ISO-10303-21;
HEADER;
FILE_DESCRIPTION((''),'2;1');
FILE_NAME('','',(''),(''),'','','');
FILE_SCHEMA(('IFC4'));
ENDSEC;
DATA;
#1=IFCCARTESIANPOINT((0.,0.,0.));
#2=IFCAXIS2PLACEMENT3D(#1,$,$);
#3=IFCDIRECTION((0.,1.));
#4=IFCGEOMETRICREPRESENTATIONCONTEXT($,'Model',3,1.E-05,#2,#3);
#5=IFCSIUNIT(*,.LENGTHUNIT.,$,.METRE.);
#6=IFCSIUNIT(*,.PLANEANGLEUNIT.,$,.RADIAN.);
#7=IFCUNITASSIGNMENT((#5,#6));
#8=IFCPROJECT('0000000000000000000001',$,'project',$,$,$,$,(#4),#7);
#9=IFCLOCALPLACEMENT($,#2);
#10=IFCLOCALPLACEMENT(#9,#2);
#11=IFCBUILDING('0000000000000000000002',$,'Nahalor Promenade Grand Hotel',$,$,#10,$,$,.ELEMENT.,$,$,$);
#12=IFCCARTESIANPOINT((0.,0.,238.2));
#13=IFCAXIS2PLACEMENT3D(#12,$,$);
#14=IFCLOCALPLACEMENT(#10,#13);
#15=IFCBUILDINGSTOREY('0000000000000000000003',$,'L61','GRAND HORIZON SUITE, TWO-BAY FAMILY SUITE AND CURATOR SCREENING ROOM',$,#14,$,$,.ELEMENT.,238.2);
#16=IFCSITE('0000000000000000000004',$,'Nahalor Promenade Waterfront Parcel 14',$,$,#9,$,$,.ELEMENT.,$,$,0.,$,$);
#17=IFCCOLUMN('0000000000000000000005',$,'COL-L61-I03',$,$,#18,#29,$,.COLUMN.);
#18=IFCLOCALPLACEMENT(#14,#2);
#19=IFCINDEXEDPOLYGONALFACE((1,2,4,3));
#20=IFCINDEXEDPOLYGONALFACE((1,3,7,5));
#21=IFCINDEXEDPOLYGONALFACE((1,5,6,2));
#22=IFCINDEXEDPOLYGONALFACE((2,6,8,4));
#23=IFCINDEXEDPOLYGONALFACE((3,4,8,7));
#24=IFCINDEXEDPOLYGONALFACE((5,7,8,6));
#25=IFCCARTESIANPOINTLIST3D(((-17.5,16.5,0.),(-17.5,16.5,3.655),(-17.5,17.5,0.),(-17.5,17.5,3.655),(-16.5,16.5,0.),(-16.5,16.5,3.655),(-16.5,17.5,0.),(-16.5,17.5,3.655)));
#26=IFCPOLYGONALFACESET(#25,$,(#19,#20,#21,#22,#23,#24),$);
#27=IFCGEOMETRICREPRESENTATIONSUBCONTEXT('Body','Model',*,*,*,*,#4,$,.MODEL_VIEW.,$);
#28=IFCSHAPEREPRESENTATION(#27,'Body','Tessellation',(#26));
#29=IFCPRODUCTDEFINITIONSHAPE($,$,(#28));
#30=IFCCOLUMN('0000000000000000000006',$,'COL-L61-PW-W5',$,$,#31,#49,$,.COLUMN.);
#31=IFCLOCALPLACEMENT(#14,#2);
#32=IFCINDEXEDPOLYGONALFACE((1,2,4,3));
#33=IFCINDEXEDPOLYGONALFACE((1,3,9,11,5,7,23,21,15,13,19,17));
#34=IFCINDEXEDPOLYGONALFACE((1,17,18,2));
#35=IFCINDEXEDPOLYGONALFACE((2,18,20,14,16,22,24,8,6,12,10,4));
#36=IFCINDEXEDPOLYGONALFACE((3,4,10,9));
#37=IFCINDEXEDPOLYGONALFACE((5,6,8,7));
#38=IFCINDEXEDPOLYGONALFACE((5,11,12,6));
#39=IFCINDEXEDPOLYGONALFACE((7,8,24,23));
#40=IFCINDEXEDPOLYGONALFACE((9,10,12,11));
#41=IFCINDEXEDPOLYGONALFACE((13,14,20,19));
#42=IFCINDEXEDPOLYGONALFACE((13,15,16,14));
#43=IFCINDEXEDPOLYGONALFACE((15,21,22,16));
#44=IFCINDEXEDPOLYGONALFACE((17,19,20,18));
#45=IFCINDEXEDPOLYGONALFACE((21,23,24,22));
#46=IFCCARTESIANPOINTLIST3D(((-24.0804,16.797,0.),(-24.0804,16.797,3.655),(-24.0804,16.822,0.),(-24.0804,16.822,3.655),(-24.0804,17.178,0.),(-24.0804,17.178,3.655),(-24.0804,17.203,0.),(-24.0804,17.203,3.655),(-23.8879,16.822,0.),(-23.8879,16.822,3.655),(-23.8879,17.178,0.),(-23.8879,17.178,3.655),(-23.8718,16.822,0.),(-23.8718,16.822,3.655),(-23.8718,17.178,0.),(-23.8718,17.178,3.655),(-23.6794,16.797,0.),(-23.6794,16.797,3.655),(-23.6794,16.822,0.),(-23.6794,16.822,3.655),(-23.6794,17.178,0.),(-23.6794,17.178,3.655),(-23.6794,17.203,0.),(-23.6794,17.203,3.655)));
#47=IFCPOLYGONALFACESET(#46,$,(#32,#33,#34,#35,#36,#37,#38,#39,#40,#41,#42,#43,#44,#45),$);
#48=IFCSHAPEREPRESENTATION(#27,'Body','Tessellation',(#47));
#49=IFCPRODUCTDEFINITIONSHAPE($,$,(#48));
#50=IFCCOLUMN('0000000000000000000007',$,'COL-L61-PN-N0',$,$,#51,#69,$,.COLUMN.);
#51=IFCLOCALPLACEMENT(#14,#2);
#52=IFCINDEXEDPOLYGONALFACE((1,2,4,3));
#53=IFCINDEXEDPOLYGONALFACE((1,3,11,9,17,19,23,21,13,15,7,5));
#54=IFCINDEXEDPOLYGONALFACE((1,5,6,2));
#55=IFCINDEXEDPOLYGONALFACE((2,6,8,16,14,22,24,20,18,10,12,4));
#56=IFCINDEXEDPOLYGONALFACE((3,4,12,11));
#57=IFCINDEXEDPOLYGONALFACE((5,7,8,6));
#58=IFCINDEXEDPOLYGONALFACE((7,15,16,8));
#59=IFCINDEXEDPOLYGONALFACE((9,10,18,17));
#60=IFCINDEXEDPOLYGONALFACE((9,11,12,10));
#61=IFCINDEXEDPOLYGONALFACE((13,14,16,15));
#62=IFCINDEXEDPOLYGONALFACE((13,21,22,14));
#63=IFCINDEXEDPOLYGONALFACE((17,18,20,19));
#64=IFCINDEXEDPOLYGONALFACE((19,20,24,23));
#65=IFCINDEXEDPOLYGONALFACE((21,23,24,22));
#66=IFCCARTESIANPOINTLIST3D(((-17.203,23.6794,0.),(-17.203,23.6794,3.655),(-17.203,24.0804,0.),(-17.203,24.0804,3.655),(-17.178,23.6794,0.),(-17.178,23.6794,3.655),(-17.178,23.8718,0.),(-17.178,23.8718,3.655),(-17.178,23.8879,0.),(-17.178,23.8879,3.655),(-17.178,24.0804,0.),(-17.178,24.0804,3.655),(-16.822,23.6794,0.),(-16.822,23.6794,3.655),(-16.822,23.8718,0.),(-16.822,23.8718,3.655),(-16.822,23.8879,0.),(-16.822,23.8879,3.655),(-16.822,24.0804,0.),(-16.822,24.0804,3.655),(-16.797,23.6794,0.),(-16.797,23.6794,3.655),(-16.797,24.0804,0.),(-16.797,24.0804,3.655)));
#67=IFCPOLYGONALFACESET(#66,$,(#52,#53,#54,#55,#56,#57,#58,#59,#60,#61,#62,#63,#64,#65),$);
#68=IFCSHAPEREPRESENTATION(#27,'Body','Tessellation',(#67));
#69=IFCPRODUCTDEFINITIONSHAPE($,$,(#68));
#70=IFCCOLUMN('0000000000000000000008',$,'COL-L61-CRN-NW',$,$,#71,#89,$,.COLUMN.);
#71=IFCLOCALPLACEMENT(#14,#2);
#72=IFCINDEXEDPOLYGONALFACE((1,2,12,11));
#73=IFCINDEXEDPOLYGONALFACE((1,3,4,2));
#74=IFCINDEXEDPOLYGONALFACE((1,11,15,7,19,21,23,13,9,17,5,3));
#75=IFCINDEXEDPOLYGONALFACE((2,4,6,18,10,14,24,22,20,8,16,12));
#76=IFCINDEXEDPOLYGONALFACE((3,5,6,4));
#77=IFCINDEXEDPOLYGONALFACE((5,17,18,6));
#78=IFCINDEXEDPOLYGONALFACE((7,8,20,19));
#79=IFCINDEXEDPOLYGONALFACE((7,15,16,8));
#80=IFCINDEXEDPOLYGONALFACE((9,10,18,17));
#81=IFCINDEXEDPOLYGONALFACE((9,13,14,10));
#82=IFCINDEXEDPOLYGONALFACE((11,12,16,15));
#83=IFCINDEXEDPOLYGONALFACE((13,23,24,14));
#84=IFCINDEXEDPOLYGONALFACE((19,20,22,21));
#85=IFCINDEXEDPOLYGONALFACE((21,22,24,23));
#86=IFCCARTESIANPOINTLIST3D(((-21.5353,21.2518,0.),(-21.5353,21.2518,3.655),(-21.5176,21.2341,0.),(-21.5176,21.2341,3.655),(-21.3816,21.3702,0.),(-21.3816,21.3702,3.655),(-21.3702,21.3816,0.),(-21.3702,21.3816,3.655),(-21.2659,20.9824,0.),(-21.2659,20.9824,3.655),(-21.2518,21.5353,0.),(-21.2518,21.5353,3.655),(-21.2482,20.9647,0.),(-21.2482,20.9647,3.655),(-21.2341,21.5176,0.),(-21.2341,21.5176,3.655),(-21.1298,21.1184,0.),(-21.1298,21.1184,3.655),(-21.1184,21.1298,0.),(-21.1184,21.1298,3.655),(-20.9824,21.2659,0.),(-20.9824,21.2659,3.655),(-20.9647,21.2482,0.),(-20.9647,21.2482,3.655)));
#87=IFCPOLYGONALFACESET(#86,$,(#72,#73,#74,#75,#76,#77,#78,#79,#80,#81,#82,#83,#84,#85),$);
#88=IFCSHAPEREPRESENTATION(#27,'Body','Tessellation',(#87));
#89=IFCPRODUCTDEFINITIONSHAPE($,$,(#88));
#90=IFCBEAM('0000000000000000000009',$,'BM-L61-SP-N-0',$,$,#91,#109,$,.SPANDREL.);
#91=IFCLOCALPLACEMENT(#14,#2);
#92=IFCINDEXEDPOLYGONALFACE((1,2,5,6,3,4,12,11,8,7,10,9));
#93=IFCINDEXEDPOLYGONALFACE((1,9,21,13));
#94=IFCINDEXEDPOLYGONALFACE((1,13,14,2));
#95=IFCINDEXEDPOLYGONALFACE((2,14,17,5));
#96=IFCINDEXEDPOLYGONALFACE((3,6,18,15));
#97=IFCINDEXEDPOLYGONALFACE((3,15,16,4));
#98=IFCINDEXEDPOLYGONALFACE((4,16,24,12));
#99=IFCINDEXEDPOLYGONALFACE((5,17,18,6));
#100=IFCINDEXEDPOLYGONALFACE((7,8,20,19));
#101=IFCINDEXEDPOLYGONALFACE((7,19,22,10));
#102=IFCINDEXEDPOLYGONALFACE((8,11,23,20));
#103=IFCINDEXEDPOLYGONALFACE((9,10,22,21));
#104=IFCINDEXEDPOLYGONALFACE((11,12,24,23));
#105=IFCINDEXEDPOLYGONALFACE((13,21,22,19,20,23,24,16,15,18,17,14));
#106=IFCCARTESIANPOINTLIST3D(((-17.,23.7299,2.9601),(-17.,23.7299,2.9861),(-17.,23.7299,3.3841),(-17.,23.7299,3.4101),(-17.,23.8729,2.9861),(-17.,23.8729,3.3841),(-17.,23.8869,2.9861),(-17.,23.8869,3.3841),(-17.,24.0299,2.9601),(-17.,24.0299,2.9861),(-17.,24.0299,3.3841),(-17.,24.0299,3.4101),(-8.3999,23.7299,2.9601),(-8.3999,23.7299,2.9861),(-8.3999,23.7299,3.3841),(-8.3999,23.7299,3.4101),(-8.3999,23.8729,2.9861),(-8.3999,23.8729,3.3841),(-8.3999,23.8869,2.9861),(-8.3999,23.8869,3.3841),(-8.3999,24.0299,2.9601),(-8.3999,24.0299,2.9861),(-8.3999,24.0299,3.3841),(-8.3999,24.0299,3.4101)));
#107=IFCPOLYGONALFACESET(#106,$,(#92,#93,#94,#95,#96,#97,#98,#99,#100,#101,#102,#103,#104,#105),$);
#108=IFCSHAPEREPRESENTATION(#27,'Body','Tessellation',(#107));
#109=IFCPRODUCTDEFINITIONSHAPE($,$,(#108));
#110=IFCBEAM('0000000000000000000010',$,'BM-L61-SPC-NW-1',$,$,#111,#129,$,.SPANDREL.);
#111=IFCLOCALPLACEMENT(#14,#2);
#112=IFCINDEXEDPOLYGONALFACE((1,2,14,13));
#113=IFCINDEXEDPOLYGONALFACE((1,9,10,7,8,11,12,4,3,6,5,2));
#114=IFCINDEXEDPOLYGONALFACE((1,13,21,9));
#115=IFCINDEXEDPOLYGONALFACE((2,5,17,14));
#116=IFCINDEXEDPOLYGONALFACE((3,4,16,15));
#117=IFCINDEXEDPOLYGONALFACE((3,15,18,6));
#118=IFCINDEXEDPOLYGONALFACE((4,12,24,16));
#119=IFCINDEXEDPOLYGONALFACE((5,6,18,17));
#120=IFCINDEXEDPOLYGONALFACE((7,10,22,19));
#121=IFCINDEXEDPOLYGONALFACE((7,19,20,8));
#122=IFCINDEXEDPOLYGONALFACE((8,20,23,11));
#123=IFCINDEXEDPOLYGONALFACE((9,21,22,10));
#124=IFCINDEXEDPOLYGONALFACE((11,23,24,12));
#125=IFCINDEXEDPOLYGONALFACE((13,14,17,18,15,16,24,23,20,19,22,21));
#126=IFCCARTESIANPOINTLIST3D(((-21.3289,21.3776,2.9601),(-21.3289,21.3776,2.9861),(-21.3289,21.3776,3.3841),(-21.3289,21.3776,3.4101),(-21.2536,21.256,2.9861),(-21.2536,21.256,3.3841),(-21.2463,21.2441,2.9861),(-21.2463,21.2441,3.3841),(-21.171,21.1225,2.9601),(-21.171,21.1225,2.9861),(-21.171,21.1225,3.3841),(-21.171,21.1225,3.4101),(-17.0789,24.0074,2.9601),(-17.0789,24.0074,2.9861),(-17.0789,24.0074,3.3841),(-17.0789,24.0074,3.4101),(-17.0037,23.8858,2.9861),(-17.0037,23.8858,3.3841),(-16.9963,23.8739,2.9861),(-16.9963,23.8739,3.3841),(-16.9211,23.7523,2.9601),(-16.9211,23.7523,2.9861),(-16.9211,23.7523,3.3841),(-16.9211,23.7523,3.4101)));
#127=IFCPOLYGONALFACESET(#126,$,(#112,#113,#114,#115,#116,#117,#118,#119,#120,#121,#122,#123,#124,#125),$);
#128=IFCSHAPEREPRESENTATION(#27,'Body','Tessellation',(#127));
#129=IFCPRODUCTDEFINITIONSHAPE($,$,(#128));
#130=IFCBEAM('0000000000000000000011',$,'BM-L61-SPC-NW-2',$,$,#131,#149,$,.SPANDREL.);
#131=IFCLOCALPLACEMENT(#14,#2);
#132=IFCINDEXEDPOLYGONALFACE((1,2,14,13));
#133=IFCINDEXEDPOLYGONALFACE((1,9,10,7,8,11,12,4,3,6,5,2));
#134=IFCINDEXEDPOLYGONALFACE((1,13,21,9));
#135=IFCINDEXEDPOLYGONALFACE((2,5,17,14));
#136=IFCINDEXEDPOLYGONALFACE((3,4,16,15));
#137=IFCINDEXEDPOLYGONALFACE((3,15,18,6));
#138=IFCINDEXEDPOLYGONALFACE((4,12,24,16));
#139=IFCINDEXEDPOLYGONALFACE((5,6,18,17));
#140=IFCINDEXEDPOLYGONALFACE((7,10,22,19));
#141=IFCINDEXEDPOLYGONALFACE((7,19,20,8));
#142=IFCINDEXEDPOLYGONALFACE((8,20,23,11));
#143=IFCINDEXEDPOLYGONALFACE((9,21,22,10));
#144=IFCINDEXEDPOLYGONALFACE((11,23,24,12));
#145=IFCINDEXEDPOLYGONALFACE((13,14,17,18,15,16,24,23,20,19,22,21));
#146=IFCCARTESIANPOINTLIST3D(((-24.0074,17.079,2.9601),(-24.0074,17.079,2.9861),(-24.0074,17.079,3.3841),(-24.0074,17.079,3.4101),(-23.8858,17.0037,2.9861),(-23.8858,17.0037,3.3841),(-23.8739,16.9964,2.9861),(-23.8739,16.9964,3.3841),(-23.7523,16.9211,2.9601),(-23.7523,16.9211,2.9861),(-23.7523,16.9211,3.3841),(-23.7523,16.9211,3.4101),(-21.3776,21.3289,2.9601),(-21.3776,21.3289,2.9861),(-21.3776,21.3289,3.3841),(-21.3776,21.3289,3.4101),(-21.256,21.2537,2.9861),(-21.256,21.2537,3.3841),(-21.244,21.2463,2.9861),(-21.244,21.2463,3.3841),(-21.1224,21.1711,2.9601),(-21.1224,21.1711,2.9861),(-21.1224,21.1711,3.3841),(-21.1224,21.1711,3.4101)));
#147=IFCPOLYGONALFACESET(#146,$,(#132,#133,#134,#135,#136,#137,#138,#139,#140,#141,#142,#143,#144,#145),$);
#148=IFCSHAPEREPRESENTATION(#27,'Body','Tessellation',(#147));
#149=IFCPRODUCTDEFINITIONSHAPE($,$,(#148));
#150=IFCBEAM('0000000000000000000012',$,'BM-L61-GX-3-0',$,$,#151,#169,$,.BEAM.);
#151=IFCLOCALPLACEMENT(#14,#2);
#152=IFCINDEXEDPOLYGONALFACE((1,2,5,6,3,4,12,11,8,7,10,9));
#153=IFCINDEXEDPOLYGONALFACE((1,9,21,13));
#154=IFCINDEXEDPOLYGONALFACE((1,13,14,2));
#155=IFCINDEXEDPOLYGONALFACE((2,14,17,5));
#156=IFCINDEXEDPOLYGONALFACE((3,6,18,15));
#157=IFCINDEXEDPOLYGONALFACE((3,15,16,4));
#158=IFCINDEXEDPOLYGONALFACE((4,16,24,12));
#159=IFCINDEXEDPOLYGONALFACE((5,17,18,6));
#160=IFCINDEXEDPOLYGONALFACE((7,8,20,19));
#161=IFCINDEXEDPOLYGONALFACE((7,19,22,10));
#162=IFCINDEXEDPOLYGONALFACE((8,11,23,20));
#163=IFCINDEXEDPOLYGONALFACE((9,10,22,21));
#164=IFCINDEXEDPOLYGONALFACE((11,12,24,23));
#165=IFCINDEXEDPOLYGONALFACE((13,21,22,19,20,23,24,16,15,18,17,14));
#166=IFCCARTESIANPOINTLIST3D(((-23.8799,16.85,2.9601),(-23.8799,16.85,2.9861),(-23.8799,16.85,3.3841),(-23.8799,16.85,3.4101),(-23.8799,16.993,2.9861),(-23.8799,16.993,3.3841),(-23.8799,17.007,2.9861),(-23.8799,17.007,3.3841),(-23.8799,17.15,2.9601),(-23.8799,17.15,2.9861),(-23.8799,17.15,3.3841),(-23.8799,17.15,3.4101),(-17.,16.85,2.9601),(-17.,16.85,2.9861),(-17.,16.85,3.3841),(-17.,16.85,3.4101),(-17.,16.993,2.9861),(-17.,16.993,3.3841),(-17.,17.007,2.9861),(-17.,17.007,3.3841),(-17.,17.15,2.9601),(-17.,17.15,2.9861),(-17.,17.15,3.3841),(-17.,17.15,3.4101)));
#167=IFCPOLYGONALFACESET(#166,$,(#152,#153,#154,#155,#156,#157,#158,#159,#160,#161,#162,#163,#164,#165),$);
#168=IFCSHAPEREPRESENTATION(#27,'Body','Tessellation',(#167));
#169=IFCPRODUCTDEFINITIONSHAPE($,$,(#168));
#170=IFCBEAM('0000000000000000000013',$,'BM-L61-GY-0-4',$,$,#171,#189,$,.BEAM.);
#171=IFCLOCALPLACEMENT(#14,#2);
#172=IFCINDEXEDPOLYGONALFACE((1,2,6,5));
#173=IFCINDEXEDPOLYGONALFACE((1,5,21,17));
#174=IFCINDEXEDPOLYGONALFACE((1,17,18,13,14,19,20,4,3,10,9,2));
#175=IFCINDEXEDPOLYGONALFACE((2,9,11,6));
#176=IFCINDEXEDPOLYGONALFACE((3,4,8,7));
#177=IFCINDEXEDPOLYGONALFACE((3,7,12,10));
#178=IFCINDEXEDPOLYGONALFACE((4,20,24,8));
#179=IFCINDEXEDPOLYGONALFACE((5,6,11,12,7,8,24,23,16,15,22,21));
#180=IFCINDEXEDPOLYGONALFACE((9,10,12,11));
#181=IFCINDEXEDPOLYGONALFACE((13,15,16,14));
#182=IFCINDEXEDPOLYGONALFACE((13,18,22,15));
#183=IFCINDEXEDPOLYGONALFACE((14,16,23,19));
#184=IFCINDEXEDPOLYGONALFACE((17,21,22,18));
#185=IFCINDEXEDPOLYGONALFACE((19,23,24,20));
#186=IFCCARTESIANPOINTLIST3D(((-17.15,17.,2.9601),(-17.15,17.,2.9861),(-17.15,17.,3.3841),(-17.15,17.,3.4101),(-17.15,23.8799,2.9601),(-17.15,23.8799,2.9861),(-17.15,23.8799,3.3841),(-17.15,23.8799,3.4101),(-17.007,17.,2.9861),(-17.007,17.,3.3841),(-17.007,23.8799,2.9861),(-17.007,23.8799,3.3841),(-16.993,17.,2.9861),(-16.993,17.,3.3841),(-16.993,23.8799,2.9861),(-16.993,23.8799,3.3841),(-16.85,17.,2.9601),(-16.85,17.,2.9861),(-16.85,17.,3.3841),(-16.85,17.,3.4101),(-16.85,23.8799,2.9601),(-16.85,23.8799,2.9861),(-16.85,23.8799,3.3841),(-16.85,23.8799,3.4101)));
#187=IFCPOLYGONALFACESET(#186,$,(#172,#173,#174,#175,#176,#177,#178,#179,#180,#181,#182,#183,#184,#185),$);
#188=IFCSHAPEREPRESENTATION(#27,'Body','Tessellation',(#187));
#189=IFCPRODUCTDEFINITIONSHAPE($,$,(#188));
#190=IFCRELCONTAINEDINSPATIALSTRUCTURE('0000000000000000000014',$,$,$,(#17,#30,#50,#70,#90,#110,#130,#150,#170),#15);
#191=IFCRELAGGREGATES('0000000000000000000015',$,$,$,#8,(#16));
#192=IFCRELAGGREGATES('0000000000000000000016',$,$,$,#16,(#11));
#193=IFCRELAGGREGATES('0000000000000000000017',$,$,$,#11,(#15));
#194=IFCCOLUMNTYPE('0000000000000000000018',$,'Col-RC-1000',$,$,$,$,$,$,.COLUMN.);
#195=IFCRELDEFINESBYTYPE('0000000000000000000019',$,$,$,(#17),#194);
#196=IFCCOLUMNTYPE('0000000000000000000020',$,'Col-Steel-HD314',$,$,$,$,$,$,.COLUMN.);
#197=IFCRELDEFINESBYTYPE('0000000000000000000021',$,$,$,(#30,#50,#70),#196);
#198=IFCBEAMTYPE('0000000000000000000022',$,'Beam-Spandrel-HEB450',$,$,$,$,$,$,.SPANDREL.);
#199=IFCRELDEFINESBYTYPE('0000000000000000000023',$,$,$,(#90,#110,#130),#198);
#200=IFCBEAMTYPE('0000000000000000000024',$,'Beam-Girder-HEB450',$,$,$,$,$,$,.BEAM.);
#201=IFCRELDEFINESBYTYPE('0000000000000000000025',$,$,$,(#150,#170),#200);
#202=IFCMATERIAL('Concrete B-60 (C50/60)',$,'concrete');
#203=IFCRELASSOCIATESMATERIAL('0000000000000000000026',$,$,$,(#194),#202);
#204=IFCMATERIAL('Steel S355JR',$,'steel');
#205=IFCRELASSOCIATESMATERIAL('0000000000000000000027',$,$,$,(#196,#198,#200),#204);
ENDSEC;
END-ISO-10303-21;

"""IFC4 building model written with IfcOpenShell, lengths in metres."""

from ifc_helpers import new_model, si_unit, direction, frame, origin, origin_2d, place, context, subcontext, project, spatial, rectangle, i_section, extrude, source, transform, mapped, material, material_profile, profile_set, type_object, element, save


model = new_model("IFC4")

# Units and contexts
model_context = context("Model", 3, precision=1e-05, world=origin(), true_north=direction((0.0, 1.0)))
body_context = subcontext(model_context, "Body", "Model", "MODEL_VIEW")
ifc_project = project(units=[si_unit("LENGTHUNIT", "METRE"), si_unit("PLANEANGLEUNIT", "RADIAN")], contexts=[model_context])

# Site, building, storey
site_placement = place(None, origin())
site = spatial("IfcSite", under=ifc_project, at=site_placement, Name="Nahalor Promenade Waterfront Parcel 14", CompositionType="ELEMENT", RefElevation=0.0)
building_placement = place(site_placement, origin())
building = spatial("IfcBuilding", under=site, at=building_placement, Name="Nahalor Promenade Grand Hotel", CompositionType="ELEMENT")
storey_placement = place(building_placement, frame((0.0, 0.0, 238.2)))
storey = spatial("IfcBuildingStorey", under=building, at=storey_placement, Name="L61", Description="GRAND HORIZON SUITE, TWO-BAY FAMILY SUITE AND CURATOR SCREENING ROOM", CompositionType="ELEMENT", Elevation=238.2)

# Columns
ifc_material_1 = material(Name="Concrete B-60 (C50/60)", Category="concrete")
ifc_material_profile_1 = material_profile(ifc_material_1, rectangle(XDim=1.0, YDim=1.0, at=origin_2d()), Name="RC 1000x1000")
ifc_profile_set_1 = profile_set([ifc_material_profile_1], Name="Concrete B-60 (C50/60)")
column_type_1 = type_object("IfcColumnType", Name="Col-RC-1000", PredefinedType="COLUMN", material=ifc_profile_set_1)
shared_shape_1 = source(origin(), body_context, "Body", "SweptSolid", [
    extrude(rectangle(XDim=1.0, YDim=1.0, at=origin_2d()), origin(), (0.0, 0.0, 1.0), 3.655),
])
column_placement = place(storey_placement, frame((-17.0, 17.0, 0.0), z_axis=(0.0, 0.0, 1.0), x_axis=(1.0, 0.0, 0.0)))
element("IfcColumn", 1, at=column_placement, inside=storey, type_object=column_type_1, Name="COL-L61-I03", PredefinedType="COLUMN", context=body_context, shape_type="MappedRepresentation", body=[
    mapped(shared_shape_1, transform((0.0, 0.0, 0.0), scale=1.0)),
])
ifc_material_2 = material(Name="Steel S355JR", Category="steel")
ifc_material_profile_2 = material_profile(ifc_material_2, i_section(OverallWidth=0.401, OverallDepth=0.406, WebThickness=0.0161, FlangeThickness=0.025, at=origin_2d()), Name="HD 400x314")
ifc_profile_set_2 = profile_set([ifc_material_profile_2], Name="Steel S355JR")
column_type_2 = type_object("IfcColumnType", Name="Col-Steel-HD314", PredefinedType="COLUMN", material=ifc_profile_set_2)
shared_shape_2 = source(origin(), body_context, "Body", "SweptSolid", [
    extrude(i_section(OverallWidth=0.401, OverallDepth=0.406, WebThickness=0.0161, FlangeThickness=0.025, at=origin_2d()), origin(), (0.0, 0.0, 1.0), 3.655),
])
for number, where, z_axis, x_axis, name in (
    (2, (-23.8799, 17.0, 0.0), (0.0, 0.0, 1.0), (1.0, 0.0, 0.0), "COL-L61-PW-W5"),
    (3, (-17.0, 23.8799, 0.0), (0.0, 0.0, 1.0), (0.0, 1.0, 0.0), "COL-L61-PN-N0"),
    (4, (-21.25, 21.25, 0.0), (0.0, 0.0, 1.0), (0.707107, 0.707107, 0.0), "COL-L61-CRN-NW"),
):
    element("IfcColumn", number, at=place(storey_placement, frame(where, z_axis=z_axis, x_axis=x_axis)), inside=storey, type_object=column_type_2, Name=name, PredefinedType="COLUMN", context=body_context, shape_type="MappedRepresentation", body=[
        mapped(shared_shape_2, transform((0.0, 0.0, 0.0), scale=1.0)),
    ])

# Beams
ifc_material_profile_3 = material_profile(ifc_material_2, i_section(OverallWidth=0.3, OverallDepth=0.45, WebThickness=0.014, FlangeThickness=0.026, at=origin_2d()), Name="HEB 450")
ifc_profile_set_3 = profile_set([ifc_material_profile_3], Name="Steel S355JR")
beam_type_1 = type_object("IfcBeamType", Name="Beam-Spandrel-HEB450", PredefinedType="SPANDREL", material=ifc_profile_set_3)
shared_shape_3 = source(origin(), body_context, "Body", "SweptSolid", [
    extrude(i_section(OverallWidth=0.3, OverallDepth=0.45, WebThickness=0.014, FlangeThickness=0.026, at=origin_2d()), origin(), (0.0, 0.0, 1.0), 8.6001),
])
beam_1_placement = place(storey_placement, frame((-17.0, 23.8799, 3.1851), z_axis=(1.0, 0.0, 0.0), x_axis=(0.0, 1.0, 0.0)))
element("IfcBeam", 5, at=beam_1_placement, inside=storey, type_object=beam_type_1, Name="BM-L61-SP-N-0", PredefinedType="SPANDREL", context=body_context, shape_type="MappedRepresentation", body=[
    mapped(shared_shape_3, transform((0.0, 0.0, 0.0), scale=1.0)),
])
shared_shape_4 = source(origin(), body_context, "Body", "SweptSolid", [
    extrude(i_section(OverallWidth=0.3, OverallDepth=0.45, WebThickness=0.014, FlangeThickness=0.026, at=origin_2d()), origin(), (0.0, 0.0, 1.0), 4.9978),
])
for number, where, z_axis, x_axis, name in (
    (6, (-17.0, 23.8799, 3.1851), (-0.850361, -0.5262, 0.0), (0.5262, -0.850361, 0.0), "BM-L61-SPC-NW-1"),
    (7, (-21.25, 21.25, 3.1851), (-0.5262, -0.850361, 0.0), (0.850361, -0.5262, 0.0), "BM-L61-SPC-NW-2"),
):
    element("IfcBeam", number, at=place(storey_placement, frame(where, z_axis=z_axis, x_axis=x_axis)), inside=storey, type_object=beam_type_1, Name=name, PredefinedType="SPANDREL", context=body_context, shape_type="MappedRepresentation", body=[
        mapped(shared_shape_4, transform((0.0, 0.0, 0.0), scale=1.0)),
    ])
ifc_material_profile_4 = material_profile(ifc_material_2, i_section(OverallWidth=0.3, OverallDepth=0.45, WebThickness=0.014, FlangeThickness=0.026, at=origin_2d()), Name="HEB 450")
ifc_profile_set_4 = profile_set([ifc_material_profile_4], Name="Steel S355JR")
beam_type_2 = type_object("IfcBeamType", Name="Beam-Girder-HEB450", PredefinedType="BEAM", material=ifc_profile_set_4)
shared_shape_5 = source(origin(), body_context, "Body", "SweptSolid", [
    extrude(i_section(OverallWidth=0.3, OverallDepth=0.45, WebThickness=0.014, FlangeThickness=0.026, at=origin_2d()), origin(), (0.0, 0.0, 1.0), 6.8799),
])
for number, where, z_axis, x_axis, name in (
    (8, (-23.8799, 17.0, 3.1851), (1.0, 0.0, 0.0), (0.0, 1.0, 0.0), "BM-L61-GX-3-0"),
    (9, (-17.0, 17.0, 3.1851), (0.0, 1.0, 0.0), (-1.0, 0.0, 0.0), "BM-L61-GY-0-4"),
):
    element("IfcBeam", number, at=place(storey_placement, frame(where, z_axis=z_axis, x_axis=x_axis)), inside=storey, type_object=beam_type_2, Name=name, PredefinedType="BEAM", context=body_context, shape_type="MappedRepresentation", body=[
        mapped(shared_shape_5, transform((0.0, 0.0, 0.0), scale=1.0)),
    ])

save(model, "model.ifc")
